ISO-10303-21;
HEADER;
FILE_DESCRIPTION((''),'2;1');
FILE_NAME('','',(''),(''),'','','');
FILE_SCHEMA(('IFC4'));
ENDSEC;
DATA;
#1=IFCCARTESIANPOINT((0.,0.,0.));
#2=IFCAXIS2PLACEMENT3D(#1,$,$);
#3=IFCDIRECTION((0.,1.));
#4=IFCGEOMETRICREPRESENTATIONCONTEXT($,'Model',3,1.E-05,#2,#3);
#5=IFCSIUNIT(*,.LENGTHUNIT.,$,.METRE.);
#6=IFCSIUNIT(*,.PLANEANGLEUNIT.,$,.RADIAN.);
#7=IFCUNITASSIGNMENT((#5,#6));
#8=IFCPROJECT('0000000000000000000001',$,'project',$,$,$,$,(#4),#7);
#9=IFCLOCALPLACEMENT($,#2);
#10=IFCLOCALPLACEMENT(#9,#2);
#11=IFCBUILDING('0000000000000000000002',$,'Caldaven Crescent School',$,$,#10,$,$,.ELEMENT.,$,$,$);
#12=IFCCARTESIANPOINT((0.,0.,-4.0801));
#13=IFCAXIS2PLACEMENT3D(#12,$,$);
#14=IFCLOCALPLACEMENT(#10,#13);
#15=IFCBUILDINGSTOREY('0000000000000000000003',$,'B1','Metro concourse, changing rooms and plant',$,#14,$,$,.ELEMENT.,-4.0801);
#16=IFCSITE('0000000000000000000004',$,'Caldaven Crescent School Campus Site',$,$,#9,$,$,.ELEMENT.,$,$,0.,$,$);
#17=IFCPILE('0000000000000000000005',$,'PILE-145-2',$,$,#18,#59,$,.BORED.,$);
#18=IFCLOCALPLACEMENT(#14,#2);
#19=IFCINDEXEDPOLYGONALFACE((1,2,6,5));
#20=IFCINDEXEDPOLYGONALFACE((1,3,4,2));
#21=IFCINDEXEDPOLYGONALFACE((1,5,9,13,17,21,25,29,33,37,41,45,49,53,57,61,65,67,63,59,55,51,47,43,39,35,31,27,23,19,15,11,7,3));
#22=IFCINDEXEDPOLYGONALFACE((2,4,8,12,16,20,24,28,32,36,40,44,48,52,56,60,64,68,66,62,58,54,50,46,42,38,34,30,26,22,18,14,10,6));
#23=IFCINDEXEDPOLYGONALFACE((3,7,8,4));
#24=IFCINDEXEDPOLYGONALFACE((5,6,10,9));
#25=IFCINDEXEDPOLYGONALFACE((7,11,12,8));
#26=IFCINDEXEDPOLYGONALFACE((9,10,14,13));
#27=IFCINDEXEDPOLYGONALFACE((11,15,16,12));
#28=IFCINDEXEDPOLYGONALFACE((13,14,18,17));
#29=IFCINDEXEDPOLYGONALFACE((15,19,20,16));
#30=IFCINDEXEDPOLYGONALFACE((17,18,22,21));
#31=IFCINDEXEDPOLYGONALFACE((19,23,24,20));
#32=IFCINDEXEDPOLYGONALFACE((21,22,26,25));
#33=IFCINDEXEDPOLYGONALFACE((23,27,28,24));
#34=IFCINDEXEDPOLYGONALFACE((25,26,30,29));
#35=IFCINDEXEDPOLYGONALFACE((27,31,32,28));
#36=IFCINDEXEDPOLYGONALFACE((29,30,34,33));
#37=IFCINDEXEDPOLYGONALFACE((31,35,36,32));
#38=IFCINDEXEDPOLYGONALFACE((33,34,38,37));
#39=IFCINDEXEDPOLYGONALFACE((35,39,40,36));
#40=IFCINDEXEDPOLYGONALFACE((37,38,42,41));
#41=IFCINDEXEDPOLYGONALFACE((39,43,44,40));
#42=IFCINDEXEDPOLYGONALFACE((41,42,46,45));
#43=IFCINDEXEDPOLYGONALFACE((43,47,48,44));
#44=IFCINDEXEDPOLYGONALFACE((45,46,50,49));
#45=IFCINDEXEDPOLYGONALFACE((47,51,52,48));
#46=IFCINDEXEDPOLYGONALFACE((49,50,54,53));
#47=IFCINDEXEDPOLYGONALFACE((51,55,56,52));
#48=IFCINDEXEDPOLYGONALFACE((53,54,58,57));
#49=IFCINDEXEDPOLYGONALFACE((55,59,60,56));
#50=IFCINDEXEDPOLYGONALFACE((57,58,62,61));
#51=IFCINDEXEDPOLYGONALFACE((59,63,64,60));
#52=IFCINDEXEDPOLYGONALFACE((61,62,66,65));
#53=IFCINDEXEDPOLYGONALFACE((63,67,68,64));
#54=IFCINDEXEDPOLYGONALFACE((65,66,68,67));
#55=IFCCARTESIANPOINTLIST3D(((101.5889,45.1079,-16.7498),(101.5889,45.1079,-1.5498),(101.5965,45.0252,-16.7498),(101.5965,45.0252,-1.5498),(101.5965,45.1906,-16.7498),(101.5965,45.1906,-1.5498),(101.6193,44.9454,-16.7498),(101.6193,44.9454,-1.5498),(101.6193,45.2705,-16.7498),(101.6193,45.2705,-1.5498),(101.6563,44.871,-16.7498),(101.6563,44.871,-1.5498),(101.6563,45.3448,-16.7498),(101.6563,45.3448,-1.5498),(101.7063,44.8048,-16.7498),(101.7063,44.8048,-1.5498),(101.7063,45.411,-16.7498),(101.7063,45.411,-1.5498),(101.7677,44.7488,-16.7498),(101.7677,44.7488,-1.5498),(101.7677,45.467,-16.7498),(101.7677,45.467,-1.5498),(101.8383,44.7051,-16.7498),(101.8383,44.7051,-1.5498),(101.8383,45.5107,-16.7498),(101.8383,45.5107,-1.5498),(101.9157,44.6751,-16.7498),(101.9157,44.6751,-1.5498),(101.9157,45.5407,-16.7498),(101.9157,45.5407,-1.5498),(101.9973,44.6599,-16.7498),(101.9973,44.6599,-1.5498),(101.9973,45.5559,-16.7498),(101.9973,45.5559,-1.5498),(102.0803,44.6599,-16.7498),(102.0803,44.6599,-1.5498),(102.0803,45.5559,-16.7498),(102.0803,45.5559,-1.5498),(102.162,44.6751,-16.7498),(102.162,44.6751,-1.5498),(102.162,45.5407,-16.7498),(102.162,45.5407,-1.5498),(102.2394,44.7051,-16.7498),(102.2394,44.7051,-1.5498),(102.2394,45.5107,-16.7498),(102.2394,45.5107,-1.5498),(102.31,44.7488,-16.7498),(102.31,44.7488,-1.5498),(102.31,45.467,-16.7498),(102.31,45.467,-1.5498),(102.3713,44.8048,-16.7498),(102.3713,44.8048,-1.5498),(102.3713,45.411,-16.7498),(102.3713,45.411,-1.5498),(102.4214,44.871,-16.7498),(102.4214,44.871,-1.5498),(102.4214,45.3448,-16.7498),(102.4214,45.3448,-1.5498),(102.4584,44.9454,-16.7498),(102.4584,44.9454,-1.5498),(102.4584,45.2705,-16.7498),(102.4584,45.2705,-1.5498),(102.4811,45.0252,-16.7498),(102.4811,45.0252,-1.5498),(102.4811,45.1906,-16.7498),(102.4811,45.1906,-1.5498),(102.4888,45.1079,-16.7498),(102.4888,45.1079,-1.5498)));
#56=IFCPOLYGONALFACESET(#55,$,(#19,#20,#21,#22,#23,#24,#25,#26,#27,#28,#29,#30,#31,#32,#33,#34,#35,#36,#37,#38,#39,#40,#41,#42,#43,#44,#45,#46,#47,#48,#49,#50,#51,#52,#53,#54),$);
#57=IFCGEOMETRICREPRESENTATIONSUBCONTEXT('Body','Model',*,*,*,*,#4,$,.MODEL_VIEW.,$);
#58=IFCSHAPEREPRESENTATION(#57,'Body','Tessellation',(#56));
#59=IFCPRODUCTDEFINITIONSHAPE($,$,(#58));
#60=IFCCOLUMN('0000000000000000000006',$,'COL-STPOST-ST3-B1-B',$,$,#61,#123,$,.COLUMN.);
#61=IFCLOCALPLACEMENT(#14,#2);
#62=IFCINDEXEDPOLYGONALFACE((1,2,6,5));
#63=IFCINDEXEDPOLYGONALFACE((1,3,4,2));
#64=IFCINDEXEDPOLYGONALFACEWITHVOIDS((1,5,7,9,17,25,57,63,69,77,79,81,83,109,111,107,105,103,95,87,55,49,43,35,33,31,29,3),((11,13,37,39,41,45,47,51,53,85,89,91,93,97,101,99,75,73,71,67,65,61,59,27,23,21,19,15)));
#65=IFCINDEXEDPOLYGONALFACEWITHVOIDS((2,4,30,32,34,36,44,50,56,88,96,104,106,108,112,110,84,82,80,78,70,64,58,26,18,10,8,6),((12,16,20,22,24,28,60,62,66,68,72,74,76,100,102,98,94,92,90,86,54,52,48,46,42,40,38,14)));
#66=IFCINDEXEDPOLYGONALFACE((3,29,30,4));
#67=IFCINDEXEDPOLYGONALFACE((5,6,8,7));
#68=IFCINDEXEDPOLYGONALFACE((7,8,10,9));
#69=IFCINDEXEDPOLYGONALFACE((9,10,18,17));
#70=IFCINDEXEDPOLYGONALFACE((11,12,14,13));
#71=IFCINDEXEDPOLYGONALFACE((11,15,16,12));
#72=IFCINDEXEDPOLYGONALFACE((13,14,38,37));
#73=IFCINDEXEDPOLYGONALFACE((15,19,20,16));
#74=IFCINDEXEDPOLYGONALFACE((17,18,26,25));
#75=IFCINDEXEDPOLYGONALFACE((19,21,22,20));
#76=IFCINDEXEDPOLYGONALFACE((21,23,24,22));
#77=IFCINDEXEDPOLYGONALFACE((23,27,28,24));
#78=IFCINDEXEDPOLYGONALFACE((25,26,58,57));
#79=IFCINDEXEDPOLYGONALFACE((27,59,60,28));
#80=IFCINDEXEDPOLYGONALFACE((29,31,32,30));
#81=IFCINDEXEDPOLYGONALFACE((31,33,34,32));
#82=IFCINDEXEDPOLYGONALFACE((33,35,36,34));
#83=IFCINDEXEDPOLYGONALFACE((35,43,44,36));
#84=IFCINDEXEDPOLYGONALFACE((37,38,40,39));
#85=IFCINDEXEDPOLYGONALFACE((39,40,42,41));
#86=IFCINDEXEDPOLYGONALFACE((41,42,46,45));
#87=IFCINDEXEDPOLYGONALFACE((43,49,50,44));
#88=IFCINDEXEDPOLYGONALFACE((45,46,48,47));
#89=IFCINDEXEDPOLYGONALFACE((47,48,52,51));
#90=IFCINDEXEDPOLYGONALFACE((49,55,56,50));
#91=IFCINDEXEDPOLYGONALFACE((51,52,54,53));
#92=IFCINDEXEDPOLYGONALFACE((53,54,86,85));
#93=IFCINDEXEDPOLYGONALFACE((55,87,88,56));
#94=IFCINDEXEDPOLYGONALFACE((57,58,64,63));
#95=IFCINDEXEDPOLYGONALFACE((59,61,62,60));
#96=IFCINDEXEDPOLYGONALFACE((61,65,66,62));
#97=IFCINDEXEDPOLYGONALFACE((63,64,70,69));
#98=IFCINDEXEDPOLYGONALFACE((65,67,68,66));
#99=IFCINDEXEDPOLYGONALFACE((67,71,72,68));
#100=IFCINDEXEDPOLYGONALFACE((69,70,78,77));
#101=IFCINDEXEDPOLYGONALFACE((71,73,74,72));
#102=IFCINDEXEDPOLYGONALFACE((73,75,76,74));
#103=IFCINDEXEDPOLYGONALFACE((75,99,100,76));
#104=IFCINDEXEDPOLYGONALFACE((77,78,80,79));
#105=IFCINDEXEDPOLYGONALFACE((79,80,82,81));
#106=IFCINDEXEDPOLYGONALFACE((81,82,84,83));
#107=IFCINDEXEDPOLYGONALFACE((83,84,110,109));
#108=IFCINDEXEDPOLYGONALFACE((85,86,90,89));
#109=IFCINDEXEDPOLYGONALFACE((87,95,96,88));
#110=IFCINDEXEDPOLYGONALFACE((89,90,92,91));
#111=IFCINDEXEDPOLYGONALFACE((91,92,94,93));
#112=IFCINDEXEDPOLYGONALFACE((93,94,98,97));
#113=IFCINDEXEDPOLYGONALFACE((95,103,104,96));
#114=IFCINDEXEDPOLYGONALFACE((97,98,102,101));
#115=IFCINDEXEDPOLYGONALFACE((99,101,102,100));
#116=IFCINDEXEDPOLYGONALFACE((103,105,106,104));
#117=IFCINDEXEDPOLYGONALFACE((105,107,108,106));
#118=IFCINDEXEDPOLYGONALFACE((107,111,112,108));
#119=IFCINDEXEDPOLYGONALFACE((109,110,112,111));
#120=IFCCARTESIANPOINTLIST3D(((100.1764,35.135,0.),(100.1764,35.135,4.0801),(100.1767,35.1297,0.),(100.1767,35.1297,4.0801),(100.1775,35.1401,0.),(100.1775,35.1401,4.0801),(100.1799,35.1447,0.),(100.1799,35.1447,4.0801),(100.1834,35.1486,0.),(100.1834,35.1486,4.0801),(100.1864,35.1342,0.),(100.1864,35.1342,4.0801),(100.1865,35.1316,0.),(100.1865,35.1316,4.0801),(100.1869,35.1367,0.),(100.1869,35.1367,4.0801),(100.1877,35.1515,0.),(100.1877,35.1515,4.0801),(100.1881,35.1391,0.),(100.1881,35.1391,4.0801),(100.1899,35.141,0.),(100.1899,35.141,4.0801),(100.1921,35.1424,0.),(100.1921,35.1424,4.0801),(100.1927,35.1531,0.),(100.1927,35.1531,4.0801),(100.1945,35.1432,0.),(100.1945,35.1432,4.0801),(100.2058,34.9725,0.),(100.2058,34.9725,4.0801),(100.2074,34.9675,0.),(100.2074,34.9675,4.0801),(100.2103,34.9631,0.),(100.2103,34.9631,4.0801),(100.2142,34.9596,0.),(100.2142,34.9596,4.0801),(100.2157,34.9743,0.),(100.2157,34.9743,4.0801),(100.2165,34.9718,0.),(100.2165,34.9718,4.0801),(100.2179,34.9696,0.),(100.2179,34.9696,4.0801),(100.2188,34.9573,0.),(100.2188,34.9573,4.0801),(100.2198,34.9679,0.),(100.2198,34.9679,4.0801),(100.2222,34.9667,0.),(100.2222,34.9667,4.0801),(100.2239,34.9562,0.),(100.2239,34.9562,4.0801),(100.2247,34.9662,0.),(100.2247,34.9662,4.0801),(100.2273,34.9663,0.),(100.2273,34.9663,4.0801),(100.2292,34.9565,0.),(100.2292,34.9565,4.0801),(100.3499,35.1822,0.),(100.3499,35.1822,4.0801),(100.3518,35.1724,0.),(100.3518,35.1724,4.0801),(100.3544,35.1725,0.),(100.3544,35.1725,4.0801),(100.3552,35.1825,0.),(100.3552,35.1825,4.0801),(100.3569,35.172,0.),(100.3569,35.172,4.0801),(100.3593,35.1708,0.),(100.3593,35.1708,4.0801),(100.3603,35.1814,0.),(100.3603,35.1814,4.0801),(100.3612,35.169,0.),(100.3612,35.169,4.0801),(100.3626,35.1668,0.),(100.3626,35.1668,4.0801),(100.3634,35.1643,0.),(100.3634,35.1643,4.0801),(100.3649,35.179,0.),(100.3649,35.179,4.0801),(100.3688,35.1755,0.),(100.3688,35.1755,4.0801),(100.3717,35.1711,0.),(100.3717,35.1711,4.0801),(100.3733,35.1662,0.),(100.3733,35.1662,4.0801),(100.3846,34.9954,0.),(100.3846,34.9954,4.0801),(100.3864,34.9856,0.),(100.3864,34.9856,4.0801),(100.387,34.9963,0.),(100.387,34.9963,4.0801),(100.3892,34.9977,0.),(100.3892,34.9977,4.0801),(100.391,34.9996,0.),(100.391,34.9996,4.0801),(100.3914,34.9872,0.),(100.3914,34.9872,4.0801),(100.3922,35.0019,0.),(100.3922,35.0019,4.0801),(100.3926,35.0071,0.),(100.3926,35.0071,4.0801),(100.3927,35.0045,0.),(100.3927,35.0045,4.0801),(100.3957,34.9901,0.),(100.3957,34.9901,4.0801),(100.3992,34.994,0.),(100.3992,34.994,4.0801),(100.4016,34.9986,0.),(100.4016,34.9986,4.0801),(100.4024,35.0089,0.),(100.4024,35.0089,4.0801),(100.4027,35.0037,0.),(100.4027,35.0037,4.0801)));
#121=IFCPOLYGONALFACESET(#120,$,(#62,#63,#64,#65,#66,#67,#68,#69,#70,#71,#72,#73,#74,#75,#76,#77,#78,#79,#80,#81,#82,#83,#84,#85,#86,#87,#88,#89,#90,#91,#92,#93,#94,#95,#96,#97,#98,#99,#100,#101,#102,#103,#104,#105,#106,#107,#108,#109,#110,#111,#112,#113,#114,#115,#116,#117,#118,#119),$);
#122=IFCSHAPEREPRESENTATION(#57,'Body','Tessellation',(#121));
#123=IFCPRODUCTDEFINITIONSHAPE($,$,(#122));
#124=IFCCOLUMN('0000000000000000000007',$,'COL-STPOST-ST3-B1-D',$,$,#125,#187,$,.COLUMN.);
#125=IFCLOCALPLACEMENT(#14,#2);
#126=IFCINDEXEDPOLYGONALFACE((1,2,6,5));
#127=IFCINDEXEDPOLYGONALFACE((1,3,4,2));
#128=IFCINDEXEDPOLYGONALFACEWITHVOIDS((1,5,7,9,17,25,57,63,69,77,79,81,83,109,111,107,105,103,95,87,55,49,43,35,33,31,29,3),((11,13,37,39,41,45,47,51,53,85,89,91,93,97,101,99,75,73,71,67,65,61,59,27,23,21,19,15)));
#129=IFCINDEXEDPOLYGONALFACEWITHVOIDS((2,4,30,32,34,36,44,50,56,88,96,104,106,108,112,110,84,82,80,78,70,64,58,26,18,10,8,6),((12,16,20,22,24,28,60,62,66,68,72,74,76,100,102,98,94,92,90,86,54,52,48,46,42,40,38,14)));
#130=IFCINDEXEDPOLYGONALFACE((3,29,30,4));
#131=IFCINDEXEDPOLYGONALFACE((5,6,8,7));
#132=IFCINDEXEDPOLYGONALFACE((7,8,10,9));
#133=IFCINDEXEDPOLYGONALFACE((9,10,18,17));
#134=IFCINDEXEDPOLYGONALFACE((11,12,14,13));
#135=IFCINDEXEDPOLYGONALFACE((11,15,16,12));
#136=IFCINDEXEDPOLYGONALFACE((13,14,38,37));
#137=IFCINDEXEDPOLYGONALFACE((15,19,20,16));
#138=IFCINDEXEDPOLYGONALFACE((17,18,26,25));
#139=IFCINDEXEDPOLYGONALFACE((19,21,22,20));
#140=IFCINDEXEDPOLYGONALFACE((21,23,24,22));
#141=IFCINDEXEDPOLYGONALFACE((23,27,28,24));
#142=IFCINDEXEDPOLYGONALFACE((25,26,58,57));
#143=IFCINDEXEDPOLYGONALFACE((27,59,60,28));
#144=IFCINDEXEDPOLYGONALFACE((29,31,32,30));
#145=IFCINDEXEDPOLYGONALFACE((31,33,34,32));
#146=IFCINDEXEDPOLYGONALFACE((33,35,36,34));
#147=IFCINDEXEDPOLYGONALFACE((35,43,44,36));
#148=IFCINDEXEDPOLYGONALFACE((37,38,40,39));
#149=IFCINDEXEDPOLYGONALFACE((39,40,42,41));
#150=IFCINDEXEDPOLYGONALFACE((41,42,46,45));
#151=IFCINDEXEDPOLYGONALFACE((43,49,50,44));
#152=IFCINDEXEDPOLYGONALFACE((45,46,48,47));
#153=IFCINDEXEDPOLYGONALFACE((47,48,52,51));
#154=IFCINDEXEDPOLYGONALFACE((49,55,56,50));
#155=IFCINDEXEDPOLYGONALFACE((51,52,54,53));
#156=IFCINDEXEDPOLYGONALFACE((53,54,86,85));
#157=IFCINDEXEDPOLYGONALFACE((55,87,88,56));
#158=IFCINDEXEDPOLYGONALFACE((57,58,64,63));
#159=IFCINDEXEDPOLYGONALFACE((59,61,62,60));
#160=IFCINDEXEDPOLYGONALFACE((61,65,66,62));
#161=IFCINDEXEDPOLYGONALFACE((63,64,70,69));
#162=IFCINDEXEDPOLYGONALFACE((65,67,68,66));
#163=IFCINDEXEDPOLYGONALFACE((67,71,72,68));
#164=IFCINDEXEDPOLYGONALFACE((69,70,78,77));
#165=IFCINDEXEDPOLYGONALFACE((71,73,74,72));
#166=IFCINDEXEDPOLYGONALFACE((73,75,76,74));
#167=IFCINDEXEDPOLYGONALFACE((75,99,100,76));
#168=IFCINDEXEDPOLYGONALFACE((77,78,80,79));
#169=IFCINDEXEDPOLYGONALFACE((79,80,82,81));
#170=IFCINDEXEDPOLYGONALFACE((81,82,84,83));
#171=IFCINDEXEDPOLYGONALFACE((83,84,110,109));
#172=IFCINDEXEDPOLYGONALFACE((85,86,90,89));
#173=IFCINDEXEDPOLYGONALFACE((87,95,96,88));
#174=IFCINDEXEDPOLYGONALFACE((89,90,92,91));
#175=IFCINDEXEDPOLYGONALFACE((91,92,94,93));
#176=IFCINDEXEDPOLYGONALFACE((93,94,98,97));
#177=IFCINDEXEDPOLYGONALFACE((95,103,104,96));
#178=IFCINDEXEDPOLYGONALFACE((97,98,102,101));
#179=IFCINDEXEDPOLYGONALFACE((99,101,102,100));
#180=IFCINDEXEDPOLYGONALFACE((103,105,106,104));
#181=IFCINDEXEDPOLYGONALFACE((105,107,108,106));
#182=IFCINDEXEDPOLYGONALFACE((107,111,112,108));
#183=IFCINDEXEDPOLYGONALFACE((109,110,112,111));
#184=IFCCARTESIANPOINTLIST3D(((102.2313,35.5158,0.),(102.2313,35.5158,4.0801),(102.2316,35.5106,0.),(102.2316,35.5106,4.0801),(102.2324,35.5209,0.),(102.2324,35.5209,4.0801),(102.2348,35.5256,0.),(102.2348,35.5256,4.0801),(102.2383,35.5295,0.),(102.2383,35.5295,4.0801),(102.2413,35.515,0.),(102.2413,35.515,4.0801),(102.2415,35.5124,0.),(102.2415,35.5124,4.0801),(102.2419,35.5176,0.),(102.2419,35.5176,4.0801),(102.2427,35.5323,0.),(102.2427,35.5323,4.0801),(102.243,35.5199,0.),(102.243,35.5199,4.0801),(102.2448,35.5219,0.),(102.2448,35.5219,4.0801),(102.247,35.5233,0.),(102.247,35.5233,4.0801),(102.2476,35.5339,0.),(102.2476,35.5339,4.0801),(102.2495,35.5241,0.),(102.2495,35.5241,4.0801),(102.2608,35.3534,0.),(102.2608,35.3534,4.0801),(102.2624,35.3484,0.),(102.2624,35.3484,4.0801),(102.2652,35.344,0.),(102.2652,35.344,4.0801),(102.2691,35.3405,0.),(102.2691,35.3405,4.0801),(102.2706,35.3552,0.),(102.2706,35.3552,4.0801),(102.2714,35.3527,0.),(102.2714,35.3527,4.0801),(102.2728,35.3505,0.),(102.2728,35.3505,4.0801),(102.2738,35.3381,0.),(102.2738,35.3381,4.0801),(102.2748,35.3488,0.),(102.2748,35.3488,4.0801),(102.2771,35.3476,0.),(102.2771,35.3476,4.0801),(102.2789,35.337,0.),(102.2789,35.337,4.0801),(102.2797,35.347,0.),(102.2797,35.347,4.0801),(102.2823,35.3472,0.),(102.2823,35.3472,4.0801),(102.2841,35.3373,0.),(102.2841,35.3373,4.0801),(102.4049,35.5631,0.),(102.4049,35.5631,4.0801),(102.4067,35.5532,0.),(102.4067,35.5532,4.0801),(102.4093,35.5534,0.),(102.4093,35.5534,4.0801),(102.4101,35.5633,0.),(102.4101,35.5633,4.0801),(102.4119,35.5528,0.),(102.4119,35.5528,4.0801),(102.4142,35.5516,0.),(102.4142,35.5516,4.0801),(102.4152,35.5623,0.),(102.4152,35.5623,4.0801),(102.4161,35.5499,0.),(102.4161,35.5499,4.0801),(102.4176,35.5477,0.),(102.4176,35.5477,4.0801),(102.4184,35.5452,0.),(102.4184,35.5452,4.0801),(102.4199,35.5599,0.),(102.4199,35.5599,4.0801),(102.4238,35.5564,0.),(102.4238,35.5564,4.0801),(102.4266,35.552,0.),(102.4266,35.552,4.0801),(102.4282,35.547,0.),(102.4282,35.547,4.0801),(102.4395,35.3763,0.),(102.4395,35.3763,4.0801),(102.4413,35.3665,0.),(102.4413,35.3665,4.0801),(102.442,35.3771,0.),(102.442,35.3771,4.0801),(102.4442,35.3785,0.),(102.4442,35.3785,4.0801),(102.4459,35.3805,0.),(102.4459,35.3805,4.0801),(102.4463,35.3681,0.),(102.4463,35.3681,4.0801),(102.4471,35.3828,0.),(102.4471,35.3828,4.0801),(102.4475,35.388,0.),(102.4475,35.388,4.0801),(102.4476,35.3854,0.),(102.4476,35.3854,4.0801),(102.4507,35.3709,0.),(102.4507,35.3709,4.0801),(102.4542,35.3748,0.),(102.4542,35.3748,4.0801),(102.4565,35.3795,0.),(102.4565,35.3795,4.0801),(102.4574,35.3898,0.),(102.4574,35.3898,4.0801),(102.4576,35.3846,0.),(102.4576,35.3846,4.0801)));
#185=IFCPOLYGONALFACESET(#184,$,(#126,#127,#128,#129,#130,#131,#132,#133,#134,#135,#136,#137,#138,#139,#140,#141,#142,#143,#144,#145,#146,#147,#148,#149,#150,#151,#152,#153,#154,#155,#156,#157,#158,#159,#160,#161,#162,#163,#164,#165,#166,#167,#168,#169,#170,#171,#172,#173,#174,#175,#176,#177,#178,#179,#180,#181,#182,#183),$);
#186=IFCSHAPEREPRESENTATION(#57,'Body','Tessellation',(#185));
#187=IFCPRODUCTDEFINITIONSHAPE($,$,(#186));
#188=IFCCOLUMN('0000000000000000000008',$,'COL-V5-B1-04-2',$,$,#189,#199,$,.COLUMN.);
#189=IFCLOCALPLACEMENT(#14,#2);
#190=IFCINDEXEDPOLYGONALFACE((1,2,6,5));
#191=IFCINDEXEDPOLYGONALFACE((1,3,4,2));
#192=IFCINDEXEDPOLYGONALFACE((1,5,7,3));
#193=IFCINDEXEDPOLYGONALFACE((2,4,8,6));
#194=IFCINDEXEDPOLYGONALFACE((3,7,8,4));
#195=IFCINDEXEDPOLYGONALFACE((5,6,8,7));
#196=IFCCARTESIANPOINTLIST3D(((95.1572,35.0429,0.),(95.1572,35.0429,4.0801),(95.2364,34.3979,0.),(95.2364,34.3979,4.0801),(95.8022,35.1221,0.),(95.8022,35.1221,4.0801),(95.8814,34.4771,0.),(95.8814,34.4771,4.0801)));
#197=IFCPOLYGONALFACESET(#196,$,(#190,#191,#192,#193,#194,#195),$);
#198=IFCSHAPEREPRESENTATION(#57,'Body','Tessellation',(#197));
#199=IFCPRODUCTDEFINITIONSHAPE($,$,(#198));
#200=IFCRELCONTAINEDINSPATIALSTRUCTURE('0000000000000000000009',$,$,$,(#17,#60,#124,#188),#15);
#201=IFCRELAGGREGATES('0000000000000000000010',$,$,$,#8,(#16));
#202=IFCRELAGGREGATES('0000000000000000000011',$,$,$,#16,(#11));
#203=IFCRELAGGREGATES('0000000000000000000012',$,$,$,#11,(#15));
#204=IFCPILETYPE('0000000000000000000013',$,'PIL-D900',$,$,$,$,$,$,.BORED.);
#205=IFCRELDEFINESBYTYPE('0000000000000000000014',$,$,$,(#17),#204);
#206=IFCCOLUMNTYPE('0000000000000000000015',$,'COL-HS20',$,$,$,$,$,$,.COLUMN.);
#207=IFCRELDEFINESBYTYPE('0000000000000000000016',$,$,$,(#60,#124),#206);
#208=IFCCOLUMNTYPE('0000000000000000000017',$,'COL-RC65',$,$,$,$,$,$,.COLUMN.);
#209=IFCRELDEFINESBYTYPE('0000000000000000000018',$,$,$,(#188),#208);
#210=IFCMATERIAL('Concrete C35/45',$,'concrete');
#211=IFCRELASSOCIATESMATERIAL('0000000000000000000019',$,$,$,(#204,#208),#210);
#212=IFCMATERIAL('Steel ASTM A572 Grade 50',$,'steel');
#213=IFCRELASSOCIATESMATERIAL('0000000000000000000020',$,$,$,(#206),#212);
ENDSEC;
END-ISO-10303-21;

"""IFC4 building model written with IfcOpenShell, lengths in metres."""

from ifc_helpers import new_model, si_unit, direction, frame, origin, origin_2d, place, context, subcontext, project, spatial, rectangle, hollow_rectangle, circle, extrude, material, material_profile, profile_set, type_object, element, save


model = new_model("IFC4")

# Units and contexts
model_context = context("Model", 3, precision=1e-05, world=origin(), true_north=direction((0.0, 1.0)))
body_context = subcontext(model_context, "Body", "Model", "MODEL_VIEW")
ifc_project = project(units=[si_unit("LENGTHUNIT", "METRE"), si_unit("PLANEANGLEUNIT", "RADIAN")], contexts=[model_context])

# Site, building, storey
site_placement = place(None, origin())
site = spatial("IfcSite", under=ifc_project, at=site_placement, Name="Caldaven Crescent School Campus Site", CompositionType="ELEMENT", RefElevation=0.0)
building_placement = place(site_placement, origin())
building = spatial("IfcBuilding", under=site, at=building_placement, Name="Caldaven Crescent School", CompositionType="ELEMENT")
storey_placement = place(building_placement, frame((0.0, 0.0, -4.0801)))
storey = spatial("IfcBuildingStorey", under=building, at=storey_placement, Name="B1", Description="Metro concourse, changing rooms and plant", CompositionType="ELEMENT", Elevation=-4.0801)

# Shared definitions
ifc_material_1 = material(Name="Concrete C35/45", Category="concrete")

# Pile
ifc_material_profile_1 = material_profile(ifc_material_1, circle(Radius=0.45, at=origin_2d()), Name="PILE D900")
ifc_profile_set_1 = profile_set([ifc_material_profile_1], Name="Concrete C35/45")
pile_type_1 = type_object("IfcPileType", Name="PIL-D900", PredefinedType="BORED", material=ifc_profile_set_1)
for number, where, z_axis, x_axis, name in (
    (1, (102.0388, 45.1079, -1.5498), (0.0, 0.0, -1.0), (1.0, 0.0, 0.0), "PILE-145-2"),
):
    element("IfcPile", number, at=place(storey_placement, frame(where, z_axis=z_axis, x_axis=x_axis)), inside=storey, type_object=pile_type_1, Name=name, PredefinedType="BORED", context=body_context, shape_type="SweptSolid", body=[
        extrude(circle(Radius=0.45, at=origin_2d()), origin(), (0.0, 0.0, 1.0), 15.2),
    ])

# Columns
ifc_material_2 = material(Name="Steel ASTM A572 Grade 50", Category="steel")
ifc_material_profile_2 = material_profile(ifc_material_2, hollow_rectangle(XDim=0.2, YDim=0.2, WallThickness=0.01, InnerFilletRadius=0.01, OuterFilletRadius=0.02, at=origin_2d()), Name="HSS 200x200x10")
ifc_profile_set_2 = profile_set([ifc_material_profile_2], Name="Steel ASTM A572 Grade 50")
column_type_1 = type_object("IfcColumnType", Name="COL-HS20", PredefinedType="COLUMN", material=ifc_profile_set_2)
for number, where, z_axis, x_axis, name in (
    (2, (100.2896, 35.0693, 0.0), (0.0, 0.0, 1.0), (0.983255, 0.182236, 0.0), "COL-STPOST-ST3-B1-B"),
    (3, (102.3445, 35.4502, 0.0), (0.0, 0.0, 1.0), (0.983255, 0.182236, 0.0), "COL-STPOST-ST3-B1-D"),
):
    element("IfcColumn", number, at=place(storey_placement, frame(where, z_axis=z_axis, x_axis=x_axis)), inside=storey, type_object=column_type_1, Name=name, PredefinedType="COLUMN", context=body_context, shape_type="SweptSolid", body=[
        extrude(hollow_rectangle(XDim=0.2, YDim=0.2, WallThickness=0.01, InnerFilletRadius=0.01, OuterFilletRadius=0.02, at=origin_2d()), origin(), (0.0, 0.0, 1.0), 4.0801),
    ])
ifc_material_profile_3 = material_profile(ifc_material_1, rectangle(XDim=0.6499, YDim=0.6499, at=origin_2d()), Name="RC 650x650")
ifc_profile_set_3 = profile_set([ifc_material_profile_3], Name="Concrete C35/45")
column_type_2 = type_object("IfcColumnType", Name="COL-RC65", PredefinedType="COLUMN", material=ifc_profile_set_3)
for number, where, z_axis, x_axis, name in (
    (4, (95.5193, 34.76, 0.0), (0.0, 0.0, 1.0), (0.121869, -0.992546, 0.0), "COL-V5-B1-04-2"),
):
    element("IfcColumn", number, at=place(storey_placement, frame(where, z_axis=z_axis, x_axis=x_axis)), inside=storey, type_object=column_type_2, Name=name, PredefinedType="COLUMN", context=body_context, shape_type="SweptSolid", body=[
        extrude(rectangle(XDim=0.6499, YDim=0.6499, at=origin_2d()), origin(), (0.0, 0.0, 1.0), 4.0801),
    ])

save(model, "model.ifc")
